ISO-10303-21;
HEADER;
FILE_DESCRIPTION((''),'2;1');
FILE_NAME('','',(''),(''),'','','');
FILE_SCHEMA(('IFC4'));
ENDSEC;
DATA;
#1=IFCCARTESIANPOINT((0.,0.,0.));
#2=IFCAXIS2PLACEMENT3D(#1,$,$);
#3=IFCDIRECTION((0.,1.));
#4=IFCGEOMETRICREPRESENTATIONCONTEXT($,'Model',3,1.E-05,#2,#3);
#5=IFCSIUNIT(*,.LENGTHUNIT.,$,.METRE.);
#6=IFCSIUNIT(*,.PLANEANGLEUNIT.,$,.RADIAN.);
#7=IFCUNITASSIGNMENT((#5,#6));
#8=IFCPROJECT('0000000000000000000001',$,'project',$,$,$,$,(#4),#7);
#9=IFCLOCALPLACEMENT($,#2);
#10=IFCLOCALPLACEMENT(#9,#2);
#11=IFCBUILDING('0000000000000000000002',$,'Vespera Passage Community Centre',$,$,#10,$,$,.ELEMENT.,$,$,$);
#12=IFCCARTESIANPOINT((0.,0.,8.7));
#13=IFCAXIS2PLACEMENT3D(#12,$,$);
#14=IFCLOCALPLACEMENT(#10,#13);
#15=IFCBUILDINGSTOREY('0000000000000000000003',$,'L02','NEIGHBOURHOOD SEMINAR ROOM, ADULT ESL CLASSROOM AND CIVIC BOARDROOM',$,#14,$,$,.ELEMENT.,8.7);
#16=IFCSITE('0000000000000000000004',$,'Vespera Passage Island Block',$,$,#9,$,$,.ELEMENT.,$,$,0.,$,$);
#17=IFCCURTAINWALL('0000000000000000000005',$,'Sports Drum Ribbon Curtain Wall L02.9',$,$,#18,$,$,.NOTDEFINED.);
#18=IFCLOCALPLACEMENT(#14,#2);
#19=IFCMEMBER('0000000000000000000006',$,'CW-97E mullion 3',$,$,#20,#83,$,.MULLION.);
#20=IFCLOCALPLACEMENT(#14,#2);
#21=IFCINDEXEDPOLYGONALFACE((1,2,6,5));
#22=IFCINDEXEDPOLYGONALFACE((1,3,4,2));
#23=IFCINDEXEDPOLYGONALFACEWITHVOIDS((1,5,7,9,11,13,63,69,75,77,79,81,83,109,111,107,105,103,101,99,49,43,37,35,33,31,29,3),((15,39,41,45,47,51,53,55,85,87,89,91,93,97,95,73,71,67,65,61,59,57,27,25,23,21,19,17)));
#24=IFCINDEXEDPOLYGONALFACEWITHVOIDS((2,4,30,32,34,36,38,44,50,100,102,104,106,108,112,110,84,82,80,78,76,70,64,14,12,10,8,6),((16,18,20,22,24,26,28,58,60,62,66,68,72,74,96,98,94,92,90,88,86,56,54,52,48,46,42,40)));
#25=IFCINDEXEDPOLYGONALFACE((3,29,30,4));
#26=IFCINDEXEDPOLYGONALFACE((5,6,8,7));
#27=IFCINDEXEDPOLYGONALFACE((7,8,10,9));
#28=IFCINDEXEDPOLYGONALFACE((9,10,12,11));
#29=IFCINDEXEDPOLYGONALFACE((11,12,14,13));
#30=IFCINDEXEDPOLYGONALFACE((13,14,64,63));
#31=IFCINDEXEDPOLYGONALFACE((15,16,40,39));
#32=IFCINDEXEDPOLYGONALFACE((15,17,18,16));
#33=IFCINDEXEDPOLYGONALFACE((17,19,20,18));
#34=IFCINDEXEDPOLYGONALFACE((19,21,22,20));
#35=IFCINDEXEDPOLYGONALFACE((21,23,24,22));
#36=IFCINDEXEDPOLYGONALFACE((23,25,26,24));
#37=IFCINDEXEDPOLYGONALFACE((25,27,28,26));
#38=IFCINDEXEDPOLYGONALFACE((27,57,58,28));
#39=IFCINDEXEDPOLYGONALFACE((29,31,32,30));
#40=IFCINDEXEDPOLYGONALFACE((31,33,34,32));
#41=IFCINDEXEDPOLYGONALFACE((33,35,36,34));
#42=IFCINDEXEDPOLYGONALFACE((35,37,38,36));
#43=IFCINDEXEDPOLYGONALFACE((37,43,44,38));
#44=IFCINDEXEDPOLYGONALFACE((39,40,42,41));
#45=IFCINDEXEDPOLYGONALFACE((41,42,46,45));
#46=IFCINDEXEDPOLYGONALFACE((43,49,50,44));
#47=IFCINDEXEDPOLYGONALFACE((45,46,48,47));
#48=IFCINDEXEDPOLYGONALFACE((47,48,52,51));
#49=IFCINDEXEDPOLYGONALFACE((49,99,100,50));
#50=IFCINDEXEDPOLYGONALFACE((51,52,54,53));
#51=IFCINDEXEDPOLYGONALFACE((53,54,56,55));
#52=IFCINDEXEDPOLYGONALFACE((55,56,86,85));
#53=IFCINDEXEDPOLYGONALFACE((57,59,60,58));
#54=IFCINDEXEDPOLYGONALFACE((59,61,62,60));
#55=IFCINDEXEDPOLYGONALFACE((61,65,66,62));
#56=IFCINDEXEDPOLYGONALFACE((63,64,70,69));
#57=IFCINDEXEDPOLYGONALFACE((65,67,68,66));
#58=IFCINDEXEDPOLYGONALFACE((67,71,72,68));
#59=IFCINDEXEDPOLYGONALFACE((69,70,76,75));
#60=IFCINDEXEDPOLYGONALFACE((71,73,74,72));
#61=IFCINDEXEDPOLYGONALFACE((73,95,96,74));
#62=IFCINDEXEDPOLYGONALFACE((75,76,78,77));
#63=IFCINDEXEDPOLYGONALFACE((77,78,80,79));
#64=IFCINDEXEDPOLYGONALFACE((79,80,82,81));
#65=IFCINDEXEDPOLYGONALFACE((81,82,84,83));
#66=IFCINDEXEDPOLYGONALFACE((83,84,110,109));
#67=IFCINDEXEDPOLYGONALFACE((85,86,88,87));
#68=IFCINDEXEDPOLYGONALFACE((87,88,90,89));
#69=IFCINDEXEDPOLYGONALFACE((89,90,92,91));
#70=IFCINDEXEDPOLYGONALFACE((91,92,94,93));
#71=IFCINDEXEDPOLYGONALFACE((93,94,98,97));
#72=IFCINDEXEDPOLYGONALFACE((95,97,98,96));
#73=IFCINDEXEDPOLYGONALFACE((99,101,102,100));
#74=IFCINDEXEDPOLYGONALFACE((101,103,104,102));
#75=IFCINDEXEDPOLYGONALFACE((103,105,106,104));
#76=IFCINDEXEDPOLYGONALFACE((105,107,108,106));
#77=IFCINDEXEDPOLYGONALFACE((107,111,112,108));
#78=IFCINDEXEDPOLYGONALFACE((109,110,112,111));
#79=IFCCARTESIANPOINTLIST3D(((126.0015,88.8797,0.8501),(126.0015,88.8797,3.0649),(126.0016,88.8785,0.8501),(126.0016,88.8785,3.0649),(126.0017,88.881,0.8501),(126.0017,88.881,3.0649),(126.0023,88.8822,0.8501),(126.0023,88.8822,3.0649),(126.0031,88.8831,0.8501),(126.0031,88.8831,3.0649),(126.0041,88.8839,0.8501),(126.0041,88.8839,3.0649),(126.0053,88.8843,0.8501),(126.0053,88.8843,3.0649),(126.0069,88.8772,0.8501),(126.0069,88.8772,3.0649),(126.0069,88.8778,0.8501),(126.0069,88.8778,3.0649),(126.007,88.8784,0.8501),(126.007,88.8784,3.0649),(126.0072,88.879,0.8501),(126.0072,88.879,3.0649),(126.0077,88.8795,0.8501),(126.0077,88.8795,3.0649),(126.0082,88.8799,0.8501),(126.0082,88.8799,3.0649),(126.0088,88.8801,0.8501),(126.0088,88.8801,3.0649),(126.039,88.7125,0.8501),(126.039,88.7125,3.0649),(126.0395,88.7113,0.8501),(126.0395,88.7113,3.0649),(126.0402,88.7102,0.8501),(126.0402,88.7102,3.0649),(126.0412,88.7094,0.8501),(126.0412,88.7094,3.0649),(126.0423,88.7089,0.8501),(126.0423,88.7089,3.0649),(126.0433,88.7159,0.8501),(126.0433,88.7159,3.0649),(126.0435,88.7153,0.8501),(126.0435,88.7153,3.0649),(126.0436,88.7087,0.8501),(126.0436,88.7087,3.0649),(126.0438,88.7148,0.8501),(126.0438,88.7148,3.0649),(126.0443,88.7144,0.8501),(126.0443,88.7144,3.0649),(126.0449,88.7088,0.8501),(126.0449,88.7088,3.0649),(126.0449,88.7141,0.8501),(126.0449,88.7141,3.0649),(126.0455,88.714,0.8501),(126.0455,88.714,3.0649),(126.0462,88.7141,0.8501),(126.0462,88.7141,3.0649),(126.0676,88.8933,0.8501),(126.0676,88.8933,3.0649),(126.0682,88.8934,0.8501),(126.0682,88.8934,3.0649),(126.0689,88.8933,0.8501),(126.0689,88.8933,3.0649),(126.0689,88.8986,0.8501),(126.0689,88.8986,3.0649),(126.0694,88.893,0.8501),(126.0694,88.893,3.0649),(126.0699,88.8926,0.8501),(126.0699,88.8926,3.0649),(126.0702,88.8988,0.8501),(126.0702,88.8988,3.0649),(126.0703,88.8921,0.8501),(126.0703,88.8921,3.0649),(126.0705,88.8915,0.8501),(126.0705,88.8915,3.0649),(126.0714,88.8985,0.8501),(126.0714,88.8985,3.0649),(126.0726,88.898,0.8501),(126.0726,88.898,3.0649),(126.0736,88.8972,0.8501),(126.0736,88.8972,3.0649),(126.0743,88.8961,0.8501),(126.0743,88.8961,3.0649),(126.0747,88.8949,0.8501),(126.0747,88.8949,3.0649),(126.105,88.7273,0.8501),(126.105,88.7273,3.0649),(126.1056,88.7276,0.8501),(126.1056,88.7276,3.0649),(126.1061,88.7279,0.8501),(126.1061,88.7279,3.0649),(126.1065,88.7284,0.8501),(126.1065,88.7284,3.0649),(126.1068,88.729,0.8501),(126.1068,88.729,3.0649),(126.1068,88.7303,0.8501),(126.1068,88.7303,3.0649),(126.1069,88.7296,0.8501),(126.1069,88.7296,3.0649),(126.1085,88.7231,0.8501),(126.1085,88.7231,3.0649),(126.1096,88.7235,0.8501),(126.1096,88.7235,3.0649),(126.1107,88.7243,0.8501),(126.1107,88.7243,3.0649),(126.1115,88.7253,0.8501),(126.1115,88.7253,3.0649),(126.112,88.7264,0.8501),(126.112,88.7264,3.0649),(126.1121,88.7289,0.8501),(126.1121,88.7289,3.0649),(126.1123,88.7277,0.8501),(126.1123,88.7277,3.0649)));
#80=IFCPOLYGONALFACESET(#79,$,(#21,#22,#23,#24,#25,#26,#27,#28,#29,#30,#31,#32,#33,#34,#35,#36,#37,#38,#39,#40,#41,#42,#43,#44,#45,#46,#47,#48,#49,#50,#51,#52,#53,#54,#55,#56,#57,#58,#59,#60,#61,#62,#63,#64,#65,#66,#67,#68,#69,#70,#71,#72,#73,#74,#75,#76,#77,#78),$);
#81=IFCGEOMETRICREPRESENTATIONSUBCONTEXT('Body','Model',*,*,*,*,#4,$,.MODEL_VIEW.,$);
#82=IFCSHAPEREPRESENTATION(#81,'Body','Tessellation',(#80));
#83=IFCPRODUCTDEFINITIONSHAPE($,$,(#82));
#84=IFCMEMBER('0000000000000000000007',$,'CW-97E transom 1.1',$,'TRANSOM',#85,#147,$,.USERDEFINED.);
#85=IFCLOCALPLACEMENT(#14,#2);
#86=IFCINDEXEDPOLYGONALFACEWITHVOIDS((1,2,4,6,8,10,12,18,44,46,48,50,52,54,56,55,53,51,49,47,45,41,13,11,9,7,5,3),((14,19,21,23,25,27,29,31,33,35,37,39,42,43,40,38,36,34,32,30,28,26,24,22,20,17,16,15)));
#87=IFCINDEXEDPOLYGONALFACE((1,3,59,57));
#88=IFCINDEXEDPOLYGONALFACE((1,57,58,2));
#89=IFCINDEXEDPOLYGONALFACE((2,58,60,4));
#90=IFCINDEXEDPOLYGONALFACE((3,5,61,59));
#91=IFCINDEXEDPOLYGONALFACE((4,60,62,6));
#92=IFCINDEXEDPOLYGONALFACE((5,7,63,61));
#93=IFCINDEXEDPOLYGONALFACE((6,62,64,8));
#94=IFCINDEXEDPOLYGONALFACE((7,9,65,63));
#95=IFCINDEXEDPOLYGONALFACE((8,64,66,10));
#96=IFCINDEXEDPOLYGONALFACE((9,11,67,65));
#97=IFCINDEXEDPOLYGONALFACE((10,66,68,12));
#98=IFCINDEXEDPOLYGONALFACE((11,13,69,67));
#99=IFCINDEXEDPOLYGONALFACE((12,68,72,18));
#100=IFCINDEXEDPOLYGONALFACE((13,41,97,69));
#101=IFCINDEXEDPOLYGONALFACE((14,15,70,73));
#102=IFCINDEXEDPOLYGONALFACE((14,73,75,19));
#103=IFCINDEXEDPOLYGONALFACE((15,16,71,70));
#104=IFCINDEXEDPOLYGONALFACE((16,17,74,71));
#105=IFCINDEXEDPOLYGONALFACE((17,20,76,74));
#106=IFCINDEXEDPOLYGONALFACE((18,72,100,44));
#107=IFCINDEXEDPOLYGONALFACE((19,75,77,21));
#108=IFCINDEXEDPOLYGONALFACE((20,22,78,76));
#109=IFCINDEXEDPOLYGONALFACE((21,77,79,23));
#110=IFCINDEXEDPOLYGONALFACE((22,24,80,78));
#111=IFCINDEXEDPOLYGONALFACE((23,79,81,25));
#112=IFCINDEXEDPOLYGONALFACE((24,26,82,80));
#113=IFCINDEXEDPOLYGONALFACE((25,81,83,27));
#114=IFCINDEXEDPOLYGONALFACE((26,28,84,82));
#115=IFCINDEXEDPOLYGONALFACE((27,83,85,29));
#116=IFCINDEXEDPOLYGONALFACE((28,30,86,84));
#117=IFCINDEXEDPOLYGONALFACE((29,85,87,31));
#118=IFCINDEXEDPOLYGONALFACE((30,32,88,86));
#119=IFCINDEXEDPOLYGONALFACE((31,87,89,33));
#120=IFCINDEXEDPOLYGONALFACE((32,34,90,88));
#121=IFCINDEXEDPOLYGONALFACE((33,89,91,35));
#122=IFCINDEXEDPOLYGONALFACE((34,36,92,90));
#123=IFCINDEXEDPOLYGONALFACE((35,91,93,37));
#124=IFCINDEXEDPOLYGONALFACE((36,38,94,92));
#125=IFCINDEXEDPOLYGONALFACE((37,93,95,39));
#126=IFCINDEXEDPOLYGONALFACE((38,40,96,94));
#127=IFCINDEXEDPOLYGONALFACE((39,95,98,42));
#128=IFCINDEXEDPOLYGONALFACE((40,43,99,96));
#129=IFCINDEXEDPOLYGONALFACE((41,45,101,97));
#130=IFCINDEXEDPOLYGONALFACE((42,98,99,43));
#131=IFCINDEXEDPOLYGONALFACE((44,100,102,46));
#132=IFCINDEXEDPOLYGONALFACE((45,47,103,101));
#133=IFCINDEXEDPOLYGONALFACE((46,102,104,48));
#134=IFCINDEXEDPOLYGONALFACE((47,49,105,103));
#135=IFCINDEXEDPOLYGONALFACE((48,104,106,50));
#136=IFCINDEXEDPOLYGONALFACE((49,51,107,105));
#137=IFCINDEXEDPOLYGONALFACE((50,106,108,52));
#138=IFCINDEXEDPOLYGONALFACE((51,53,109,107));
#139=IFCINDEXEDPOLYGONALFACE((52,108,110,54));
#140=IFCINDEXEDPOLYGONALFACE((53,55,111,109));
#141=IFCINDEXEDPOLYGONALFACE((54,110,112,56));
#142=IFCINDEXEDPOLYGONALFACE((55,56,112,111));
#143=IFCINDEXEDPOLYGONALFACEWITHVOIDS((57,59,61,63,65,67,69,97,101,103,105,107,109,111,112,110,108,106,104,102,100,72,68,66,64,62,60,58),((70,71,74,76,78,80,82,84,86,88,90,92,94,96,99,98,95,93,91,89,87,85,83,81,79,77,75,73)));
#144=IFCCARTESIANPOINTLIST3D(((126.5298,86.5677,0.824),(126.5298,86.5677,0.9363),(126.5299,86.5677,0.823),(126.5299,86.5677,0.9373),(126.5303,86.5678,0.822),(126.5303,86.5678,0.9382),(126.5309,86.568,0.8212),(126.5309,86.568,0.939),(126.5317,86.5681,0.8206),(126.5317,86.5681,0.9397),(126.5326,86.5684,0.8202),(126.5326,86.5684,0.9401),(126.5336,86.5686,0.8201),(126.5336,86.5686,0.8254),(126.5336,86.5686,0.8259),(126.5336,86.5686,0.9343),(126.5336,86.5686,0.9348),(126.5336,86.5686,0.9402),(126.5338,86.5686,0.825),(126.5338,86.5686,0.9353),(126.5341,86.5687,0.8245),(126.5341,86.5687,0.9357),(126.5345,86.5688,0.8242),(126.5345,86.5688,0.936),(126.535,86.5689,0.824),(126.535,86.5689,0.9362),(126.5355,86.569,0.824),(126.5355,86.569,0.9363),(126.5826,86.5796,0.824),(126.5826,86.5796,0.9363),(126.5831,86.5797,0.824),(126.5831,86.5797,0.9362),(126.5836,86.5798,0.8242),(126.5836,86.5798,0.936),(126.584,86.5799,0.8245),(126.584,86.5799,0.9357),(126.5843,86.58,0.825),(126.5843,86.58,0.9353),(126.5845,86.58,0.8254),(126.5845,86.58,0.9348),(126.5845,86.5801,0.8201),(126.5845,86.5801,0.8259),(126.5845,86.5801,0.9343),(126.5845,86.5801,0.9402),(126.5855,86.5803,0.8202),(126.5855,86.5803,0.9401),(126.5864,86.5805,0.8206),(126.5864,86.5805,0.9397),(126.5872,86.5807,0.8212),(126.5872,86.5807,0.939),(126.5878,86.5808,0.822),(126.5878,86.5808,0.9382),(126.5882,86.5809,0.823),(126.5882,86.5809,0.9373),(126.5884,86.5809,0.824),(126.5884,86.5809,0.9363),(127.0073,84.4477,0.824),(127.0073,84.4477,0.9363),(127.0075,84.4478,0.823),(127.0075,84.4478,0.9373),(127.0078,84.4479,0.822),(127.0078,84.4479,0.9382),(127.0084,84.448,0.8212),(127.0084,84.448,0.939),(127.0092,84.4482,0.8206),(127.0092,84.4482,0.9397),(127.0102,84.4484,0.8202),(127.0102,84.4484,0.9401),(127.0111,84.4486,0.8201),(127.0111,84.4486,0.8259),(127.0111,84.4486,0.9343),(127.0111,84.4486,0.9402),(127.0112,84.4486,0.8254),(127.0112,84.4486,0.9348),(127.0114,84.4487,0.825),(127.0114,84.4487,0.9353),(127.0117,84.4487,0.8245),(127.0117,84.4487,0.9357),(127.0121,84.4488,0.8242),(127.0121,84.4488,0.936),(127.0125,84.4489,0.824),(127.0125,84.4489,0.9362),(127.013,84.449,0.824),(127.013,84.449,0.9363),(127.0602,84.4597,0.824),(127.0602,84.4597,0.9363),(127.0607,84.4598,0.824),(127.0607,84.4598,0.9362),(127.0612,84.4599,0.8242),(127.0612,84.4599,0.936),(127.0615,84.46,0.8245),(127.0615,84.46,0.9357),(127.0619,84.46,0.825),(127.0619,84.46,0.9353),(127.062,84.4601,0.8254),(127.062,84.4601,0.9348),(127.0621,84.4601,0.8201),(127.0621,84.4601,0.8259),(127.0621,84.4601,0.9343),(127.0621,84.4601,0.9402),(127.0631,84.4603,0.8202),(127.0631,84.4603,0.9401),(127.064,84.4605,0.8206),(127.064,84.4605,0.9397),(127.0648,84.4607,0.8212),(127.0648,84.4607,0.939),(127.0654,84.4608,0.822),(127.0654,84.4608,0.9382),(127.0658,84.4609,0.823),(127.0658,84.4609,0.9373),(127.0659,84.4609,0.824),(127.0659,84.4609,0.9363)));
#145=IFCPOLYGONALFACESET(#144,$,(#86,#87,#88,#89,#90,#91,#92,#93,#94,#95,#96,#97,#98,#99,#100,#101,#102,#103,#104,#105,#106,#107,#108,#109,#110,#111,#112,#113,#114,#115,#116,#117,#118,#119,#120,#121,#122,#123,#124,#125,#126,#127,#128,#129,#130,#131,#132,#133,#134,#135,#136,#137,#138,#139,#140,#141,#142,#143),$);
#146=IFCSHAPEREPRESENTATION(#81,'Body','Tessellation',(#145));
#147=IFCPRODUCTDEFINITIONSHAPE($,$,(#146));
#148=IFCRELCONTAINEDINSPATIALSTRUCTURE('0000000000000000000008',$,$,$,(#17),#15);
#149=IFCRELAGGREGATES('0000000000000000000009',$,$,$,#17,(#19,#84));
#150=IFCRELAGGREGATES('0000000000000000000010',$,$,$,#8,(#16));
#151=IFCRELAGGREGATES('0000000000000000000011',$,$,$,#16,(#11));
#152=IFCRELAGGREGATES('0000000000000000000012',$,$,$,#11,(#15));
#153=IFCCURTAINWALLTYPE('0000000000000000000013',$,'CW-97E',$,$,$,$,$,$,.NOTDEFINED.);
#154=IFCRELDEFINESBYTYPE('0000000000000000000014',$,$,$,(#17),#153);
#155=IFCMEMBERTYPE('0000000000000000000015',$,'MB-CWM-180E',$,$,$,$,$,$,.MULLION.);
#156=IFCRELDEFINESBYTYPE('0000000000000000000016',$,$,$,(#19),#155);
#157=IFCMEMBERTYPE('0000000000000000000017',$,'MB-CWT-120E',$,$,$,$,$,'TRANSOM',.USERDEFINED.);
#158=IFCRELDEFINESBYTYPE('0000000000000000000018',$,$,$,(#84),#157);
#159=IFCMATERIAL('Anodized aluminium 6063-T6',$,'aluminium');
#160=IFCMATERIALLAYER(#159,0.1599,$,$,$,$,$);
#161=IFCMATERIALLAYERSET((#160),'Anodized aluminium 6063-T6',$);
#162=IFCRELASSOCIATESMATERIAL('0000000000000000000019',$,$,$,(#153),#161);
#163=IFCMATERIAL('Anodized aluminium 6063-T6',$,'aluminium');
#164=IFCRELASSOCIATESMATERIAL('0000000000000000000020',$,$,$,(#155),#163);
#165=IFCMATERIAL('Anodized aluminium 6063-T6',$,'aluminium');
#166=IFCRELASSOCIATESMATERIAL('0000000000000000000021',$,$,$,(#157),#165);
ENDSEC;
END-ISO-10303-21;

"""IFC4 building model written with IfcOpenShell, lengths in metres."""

from ifc_helpers import new_model, si_unit, direction, frame, origin, origin_2d, place, context, subcontext, project, spatial, hollow_rectangle, extrude, material, layer, layer_set, material_profile, profile_set, type_object, element, aggregate, save


model = new_model("IFC4")

# Units and contexts
model_context = context("Model", 3, precision=1e-05, world=origin(), true_north=direction((0.0, 1.0)))
body_context = subcontext(model_context, "Body", "Model", "MODEL_VIEW")
ifc_project = project(units=[si_unit("LENGTHUNIT", "METRE"), si_unit("PLANEANGLEUNIT", "RADIAN")], contexts=[model_context])

# Site, building, storey
site_placement = place(None, origin())
site = spatial("IfcSite", under=ifc_project, at=site_placement, Name="Vespera Passage Island Block", CompositionType="ELEMENT", RefElevation=0.0)
building_placement = place(site_placement, origin())
building = spatial("IfcBuilding", under=site, at=building_placement, Name="Vespera Passage Community Centre", CompositionType="ELEMENT")
storey_placement = place(building_placement, frame((0.0, 0.0, 8.7)))
storey = spatial("IfcBuildingStorey", under=building, at=storey_placement, Name="L02", Description="NEIGHBOURHOOD SEMINAR ROOM, ADULT ESL CLASSROOM AND CIVIC BOARDROOM", CompositionType="ELEMENT", Elevation=8.7)

# Curtain wall, members
ifc_material_1 = material(Name="Anodized aluminium 6063-T6", Category="aluminium")
ifc_layer_1 = layer(ifc_material_1, 0.1599)
ifc_layer_set_1 = layer_set([ifc_layer_1], Name="Anodized aluminium 6063-T6")
curtain_wall_type = type_object("IfcCurtainWallType", Name="CW-97E", PredefinedType="NOTDEFINED", material=ifc_layer_set_1)
curtain_wall_placement = place(storey_placement, origin())
curtain_wall = element("IfcCurtainWall", 1, at=curtain_wall_placement, inside=storey, type_object=curtain_wall_type, Name="Sports Drum Ribbon Curtain Wall L02.9", PredefinedType="NOTDEFINED")
ifc_material_2 = material(Name="Anodized aluminium 6063-T6", Category="aluminium")
ifc_material_profile_1 = material_profile(ifc_material_2, hollow_rectangle(XDim=0.075, YDim=0.1799, WallThickness=0.0049, InnerFilletRadius=0.0024, OuterFilletRadius=0.0049, at=origin_2d()), Name="ALU180X75X5")
ifc_profile_set_1 = profile_set([ifc_material_profile_1], Name="Anodized aluminium 6063-T6")
member_type_1 = type_object("IfcMemberType", Name="MB-CWM-180E", PredefinedType="MULLION", material=ifc_profile_set_1)
member_1_placement = place(storey_placement, frame((126.0569, 88.8037, 0.8501), z_axis=(0.0, 0.0, 1.0), x_axis=(-0.975553, -0.219763, 0.0)))
member_1 = element("IfcMember", 2, at=member_1_placement, type_object=member_type_1, Name="CW-97E mullion 3", PredefinedType="MULLION", context=body_context, shape_type="SweptSolid", body=[
    extrude(hollow_rectangle(XDim=0.075, YDim=0.1799, WallThickness=0.0049, InnerFilletRadius=0.0024, OuterFilletRadius=0.0049, at=origin_2d()), origin(), (0.0, 0.0, 1.0), 2.2148),
])
ifc_material_3 = material(Name="Anodized aluminium 6063-T6", Category="aluminium")
ifc_material_profile_2 = material_profile(ifc_material_3, hollow_rectangle(XDim=0.0601, YDim=0.1201, WallThickness=0.0039, InnerFilletRadius=0.002, OuterFilletRadius=0.0039, at=origin_2d()), Name="ALU120X60X4")
ifc_profile_set_2 = profile_set([ifc_material_profile_2], Name="Anodized aluminium 6063-T6")
member_type_2 = type_object("IfcMemberType", Name="MB-CWT-120E", ElementType="TRANSOM", PredefinedType="USERDEFINED", material=ifc_profile_set_2)
member_2_placement = place(storey_placement, frame((127.0366, 84.4543, 0.8801), z_axis=(-0.219761, 0.975554, 0.0), x_axis=(-0.975554, -0.219761, 0.0)))
member_2 = element("IfcMember", 3, at=member_2_placement, type_object=member_type_2, Name="CW-97E transom 1.1", ObjectType="TRANSOM", PredefinedType="USERDEFINED", context=body_context, shape_type="SweptSolid", body=[
    extrude(hollow_rectangle(XDim=0.0601, YDim=0.1201, WallThickness=0.0039, InnerFilletRadius=0.002, OuterFilletRadius=0.0039, at=origin_2d()), origin(), (0.0, 0.0, 1.0), 2.1731),
])

aggregate(curtain_wall, [member_1, member_2])

save(model, "model.ifc")
